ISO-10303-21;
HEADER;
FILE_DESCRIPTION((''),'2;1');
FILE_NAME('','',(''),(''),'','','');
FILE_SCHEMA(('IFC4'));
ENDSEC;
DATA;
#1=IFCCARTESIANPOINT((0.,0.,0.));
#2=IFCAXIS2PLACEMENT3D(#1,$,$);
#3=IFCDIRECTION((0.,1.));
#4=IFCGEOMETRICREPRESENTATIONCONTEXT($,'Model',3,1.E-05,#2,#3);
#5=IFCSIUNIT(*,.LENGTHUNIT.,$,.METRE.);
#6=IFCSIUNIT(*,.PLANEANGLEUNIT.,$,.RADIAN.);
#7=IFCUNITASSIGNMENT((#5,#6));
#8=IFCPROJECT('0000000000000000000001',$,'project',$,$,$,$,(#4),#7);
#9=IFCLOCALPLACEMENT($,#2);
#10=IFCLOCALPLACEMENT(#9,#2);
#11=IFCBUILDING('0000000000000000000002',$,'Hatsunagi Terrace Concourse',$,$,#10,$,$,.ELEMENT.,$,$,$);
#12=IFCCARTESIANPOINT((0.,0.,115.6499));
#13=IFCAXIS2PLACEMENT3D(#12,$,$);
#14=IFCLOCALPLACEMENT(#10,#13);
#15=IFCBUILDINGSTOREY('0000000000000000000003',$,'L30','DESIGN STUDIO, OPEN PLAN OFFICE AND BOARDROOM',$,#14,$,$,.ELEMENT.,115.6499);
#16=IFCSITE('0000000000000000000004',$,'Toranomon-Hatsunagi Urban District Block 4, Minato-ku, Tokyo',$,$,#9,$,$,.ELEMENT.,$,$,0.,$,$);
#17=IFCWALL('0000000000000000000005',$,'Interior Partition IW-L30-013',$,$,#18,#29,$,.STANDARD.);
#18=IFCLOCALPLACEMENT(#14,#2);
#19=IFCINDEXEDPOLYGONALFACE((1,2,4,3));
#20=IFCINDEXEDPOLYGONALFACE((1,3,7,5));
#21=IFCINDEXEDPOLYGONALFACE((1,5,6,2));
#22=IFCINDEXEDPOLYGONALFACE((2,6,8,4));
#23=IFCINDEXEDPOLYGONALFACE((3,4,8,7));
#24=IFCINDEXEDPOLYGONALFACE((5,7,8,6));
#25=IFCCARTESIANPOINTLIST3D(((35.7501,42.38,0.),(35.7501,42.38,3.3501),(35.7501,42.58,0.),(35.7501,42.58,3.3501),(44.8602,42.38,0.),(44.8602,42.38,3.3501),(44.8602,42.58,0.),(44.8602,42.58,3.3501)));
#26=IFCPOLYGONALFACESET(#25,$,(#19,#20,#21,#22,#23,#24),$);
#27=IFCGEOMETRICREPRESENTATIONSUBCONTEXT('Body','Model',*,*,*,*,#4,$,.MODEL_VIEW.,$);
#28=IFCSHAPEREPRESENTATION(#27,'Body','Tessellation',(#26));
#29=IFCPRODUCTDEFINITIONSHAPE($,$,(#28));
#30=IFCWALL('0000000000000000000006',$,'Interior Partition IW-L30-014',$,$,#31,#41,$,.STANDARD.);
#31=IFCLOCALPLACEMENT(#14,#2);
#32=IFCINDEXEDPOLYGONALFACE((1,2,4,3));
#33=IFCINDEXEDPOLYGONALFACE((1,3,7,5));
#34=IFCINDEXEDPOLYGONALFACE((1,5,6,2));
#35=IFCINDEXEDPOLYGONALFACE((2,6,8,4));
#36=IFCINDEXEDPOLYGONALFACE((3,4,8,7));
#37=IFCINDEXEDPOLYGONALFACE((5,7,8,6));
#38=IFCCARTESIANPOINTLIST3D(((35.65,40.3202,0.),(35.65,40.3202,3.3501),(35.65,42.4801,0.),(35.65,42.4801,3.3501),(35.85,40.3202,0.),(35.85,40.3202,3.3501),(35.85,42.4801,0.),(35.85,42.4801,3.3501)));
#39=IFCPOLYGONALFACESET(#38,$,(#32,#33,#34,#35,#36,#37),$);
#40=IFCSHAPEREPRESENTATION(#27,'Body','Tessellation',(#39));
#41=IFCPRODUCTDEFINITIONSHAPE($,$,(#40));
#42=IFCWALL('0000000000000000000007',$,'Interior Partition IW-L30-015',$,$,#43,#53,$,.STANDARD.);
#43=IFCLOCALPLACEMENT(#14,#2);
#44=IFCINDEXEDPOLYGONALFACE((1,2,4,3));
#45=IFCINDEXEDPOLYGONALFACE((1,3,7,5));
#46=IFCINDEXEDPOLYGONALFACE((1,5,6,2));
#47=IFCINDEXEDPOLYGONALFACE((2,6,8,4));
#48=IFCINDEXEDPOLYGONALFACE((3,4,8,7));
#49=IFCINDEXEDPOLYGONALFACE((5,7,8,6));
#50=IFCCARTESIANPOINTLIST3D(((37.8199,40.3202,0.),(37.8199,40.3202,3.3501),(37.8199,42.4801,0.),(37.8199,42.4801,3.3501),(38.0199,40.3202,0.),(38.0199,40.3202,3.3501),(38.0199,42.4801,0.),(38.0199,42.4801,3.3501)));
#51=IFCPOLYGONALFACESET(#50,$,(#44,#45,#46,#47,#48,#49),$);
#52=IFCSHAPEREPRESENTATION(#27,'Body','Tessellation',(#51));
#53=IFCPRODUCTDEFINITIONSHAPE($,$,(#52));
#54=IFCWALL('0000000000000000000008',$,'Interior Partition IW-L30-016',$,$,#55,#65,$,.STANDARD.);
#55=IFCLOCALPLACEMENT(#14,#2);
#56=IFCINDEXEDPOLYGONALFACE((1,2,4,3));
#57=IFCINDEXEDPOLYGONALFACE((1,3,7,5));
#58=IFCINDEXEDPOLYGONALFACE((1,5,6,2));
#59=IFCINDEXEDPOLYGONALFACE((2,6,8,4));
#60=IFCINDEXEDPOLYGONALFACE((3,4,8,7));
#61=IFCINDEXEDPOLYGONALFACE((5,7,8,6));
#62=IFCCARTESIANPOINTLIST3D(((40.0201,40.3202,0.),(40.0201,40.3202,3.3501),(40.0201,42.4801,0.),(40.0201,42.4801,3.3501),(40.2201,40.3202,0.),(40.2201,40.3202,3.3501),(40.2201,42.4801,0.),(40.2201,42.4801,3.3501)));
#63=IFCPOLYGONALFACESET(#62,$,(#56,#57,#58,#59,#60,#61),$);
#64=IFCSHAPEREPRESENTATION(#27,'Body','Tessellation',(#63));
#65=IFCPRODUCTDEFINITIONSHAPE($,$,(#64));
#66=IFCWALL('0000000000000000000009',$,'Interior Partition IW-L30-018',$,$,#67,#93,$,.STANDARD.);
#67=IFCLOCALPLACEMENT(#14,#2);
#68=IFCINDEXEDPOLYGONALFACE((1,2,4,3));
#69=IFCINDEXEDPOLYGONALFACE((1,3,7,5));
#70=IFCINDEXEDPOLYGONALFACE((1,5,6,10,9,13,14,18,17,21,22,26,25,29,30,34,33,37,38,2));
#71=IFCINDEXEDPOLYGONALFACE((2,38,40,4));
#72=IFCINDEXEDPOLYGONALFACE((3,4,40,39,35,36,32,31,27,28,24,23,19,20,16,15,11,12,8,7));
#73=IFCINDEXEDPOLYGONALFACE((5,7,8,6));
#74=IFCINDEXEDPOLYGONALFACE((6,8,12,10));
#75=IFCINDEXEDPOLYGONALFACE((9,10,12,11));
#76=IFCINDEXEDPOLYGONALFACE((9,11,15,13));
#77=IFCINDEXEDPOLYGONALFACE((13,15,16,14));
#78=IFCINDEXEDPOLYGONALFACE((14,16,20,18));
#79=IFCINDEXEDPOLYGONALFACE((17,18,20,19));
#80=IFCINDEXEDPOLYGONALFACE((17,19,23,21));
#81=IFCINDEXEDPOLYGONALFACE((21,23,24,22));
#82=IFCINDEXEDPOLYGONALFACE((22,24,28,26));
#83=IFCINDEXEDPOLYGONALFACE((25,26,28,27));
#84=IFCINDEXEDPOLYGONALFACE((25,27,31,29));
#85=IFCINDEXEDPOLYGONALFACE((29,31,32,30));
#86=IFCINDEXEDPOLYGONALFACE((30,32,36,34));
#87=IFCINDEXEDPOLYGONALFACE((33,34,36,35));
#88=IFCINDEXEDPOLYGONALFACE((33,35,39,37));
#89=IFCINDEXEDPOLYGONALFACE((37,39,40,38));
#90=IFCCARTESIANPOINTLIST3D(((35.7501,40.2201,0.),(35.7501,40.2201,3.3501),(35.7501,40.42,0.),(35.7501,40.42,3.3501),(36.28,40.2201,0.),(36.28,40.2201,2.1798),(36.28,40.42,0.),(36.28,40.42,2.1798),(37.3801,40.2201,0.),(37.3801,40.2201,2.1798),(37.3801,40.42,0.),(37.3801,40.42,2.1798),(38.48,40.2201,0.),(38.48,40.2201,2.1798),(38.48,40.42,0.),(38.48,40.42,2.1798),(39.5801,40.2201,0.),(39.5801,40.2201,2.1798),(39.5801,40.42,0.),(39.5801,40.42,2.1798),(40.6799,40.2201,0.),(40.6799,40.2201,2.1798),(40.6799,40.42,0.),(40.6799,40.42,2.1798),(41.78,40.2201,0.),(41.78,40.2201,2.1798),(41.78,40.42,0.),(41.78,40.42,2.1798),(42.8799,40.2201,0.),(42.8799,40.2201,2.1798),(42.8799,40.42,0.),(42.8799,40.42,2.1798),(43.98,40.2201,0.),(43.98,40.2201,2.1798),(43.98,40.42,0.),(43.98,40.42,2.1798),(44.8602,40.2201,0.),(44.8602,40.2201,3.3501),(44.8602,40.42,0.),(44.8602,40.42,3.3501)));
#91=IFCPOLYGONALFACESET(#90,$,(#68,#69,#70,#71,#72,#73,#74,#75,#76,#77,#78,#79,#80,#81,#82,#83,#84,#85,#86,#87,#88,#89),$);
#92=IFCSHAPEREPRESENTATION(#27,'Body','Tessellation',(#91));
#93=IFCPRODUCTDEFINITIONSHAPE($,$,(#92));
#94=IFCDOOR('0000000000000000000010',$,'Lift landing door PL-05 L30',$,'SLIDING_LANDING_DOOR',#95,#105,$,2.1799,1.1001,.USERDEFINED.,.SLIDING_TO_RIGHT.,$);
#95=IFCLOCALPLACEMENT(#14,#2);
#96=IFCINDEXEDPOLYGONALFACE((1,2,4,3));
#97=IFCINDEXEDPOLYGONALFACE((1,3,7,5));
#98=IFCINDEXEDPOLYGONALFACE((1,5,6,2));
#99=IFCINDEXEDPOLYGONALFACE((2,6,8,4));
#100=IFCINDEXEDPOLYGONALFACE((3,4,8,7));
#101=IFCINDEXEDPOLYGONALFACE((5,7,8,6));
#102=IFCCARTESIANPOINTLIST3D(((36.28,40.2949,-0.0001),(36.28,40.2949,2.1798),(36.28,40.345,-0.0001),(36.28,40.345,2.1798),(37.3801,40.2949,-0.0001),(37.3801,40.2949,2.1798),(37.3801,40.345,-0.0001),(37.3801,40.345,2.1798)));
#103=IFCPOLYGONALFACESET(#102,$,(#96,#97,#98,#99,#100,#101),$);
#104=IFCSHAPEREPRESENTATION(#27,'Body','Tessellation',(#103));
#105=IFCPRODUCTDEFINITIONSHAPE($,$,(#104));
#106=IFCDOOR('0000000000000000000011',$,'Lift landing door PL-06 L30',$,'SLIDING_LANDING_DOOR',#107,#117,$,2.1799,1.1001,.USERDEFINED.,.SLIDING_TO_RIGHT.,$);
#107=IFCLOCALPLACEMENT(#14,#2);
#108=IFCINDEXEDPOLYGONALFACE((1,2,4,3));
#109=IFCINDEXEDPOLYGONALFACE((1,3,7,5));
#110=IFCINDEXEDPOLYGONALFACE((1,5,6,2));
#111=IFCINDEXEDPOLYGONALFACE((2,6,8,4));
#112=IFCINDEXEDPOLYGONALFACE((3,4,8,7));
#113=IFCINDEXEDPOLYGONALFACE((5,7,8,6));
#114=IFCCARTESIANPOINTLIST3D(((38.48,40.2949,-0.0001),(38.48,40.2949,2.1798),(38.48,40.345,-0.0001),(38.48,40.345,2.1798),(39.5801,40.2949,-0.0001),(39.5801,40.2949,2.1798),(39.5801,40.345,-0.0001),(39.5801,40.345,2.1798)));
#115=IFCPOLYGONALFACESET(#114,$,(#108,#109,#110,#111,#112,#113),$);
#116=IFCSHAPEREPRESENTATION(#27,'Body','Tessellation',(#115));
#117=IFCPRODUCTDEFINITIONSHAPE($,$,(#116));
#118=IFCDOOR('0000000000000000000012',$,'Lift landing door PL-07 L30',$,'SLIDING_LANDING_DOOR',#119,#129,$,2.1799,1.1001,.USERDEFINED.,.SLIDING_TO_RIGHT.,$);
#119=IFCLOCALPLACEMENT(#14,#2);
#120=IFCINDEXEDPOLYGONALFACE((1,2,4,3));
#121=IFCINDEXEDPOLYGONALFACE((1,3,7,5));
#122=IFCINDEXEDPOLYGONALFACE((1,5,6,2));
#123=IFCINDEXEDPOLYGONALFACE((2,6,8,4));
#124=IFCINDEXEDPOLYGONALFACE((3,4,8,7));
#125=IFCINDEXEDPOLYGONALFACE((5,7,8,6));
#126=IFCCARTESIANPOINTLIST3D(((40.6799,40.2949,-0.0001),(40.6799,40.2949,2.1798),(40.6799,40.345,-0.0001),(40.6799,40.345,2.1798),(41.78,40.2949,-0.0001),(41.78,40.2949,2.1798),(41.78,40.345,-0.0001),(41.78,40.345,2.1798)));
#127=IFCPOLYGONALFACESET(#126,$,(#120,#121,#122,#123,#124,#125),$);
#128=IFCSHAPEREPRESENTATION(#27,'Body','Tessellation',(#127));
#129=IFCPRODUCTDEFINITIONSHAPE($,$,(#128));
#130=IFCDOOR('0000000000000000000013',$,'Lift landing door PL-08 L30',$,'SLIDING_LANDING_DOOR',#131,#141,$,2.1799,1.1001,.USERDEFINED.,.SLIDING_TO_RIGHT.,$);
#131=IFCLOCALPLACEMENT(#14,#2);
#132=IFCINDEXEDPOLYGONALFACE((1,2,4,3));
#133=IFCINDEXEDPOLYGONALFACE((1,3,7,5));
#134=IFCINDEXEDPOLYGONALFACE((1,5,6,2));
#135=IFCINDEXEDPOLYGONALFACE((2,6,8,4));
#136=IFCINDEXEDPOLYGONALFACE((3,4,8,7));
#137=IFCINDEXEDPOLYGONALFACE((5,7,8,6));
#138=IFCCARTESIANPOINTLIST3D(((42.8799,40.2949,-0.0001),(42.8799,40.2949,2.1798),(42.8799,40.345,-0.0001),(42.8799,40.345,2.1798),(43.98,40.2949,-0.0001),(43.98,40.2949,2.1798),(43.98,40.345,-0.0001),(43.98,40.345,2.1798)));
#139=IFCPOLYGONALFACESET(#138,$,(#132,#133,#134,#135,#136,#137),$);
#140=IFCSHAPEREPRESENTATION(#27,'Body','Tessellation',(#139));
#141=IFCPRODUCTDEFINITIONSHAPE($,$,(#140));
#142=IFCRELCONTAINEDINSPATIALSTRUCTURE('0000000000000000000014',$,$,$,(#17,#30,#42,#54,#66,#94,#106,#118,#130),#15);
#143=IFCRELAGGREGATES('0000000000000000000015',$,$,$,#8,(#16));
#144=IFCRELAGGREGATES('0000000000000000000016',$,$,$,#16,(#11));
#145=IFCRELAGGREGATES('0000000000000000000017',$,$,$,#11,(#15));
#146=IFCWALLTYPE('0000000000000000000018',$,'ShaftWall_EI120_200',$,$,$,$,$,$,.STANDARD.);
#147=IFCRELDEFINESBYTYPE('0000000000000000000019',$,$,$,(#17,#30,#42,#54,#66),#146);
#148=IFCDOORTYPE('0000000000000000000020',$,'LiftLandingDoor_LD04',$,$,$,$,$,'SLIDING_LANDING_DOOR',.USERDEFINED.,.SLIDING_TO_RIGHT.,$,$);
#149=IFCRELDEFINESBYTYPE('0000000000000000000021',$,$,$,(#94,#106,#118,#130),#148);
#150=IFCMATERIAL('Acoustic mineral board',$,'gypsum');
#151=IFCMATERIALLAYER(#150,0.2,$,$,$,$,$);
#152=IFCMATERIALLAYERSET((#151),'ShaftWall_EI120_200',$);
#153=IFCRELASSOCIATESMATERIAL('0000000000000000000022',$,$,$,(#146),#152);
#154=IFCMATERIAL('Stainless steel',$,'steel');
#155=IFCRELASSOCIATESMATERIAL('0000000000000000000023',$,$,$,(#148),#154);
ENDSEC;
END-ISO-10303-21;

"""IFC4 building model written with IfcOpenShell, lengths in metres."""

from ifc_helpers import new_model, si_unit, direction, frame, frame_2d, origin, place, context, subcontext, project, spatial, rectangle, extrude, material, layer, layer_set, type_object, element, fill, save


model = new_model("IFC4")

# Units and contexts
model_context = context("Model", 3, precision=1e-05, world=origin(), true_north=direction((0.0, 1.0)))
body_context = subcontext(model_context, "Body", "Model", "MODEL_VIEW")
ifc_project = project(units=[si_unit("LENGTHUNIT", "METRE"), si_unit("PLANEANGLEUNIT", "RADIAN")], contexts=[model_context])

# Site, building, storey
site_placement = place(None, origin())
site = spatial("IfcSite", under=ifc_project, at=site_placement, Name="Toranomon-Hatsunagi Urban District Block 4, Minato-ku, Tokyo", CompositionType="ELEMENT", RefElevation=0.0)
building_placement = place(site_placement, origin())
building = spatial("IfcBuilding", under=site, at=building_placement, Name="Hatsunagi Terrace Concourse", CompositionType="ELEMENT")
storey_placement = place(building_placement, frame((0.0, 0.0, 115.6499)))
storey = spatial("IfcBuildingStorey", under=building, at=storey_placement, Name="L30", Description="DESIGN STUDIO, OPEN PLAN OFFICE AND BOARDROOM", CompositionType="ELEMENT", Elevation=115.6499)

# Shared definitions
ifc_material_1 = material(Name="Acoustic mineral board", Category="gypsum")
ifc_layer_1 = layer(ifc_material_1, 0.2)
ifc_layer_set_1 = layer_set([ifc_layer_1], Name="ShaftWall_EI120_200")
wall_type_1 = type_object("IfcWallType", Name="ShaftWall_EI120_200", PredefinedType="STANDARD", material=ifc_layer_set_1)

# Walls
wall_1_placement = place(storey_placement, frame((35.75, 42.48, 0.0), z_axis=(0.0, 0.0, 1.0), x_axis=(1.0, 0.0, 0.0)))
element("IfcWall", 1, at=wall_1_placement, inside=storey, type_object=wall_type_1, Name="Interior Partition IW-L30-013", PredefinedType="STANDARD", context=body_context, shape_type="SweptSolid", body=[
    extrude(rectangle(XDim=9.1101, YDim=0.2, at=frame_2d((4.5552, 0.0))), origin(), (0.0, 0.0, 1.0), 3.3501),
])
for number, where, z_axis, x_axis, name in (
    (2, (35.75, 40.3201, 0.0), (0.0, 0.0, 1.0), (0.0, 1.0, 0.0), "Interior Partition IW-L30-014"),
    (3, (37.9199, 40.3201, 0.0), (0.0, 0.0, 1.0), (0.0, 1.0, 0.0), "Interior Partition IW-L30-015"),
    (4, (40.1201, 40.3201, 0.0), (0.0, 0.0, 1.0), (0.0, 1.0, 0.0), "Interior Partition IW-L30-016"),
):
    element("IfcWall", number, at=place(storey_placement, frame(where, z_axis=z_axis, x_axis=x_axis)), inside=storey, type_object=wall_type_1, Name=name, PredefinedType="STANDARD", context=body_context, shape_type="SweptSolid", body=[
        extrude(rectangle(XDim=2.1599, YDim=0.2, at=frame_2d((1.0801, 0.0))), origin(), (0.0, 0.0, 1.0), 3.3501),
    ])

# Wall, openings, doors
wall_2_placement = place(storey_placement, frame((35.75, 40.3201, 0.0), z_axis=(0.0, 0.0, 1.0), x_axis=(1.0, 0.0, 0.0)))
wall_2 = element("IfcWall", 5, at=wall_2_placement, inside=storey, type_object=wall_type_1, Name="Interior Partition IW-L30-018", PredefinedType="STANDARD", context=body_context, shape_type="SweptSolid", body=[
    extrude(rectangle(XDim=9.1101, YDim=0.2, at=frame_2d((4.5552, 0.0))), origin(), (0.0, 0.0, 1.0), 3.3501),
])
opening_1_placement = place(wall_2_placement, frame((0.53, 0.0, 0.0)))
opening_1 = element("IfcOpeningElement", 6, at=opening_1_placement, cuts=wall_2, PredefinedType="OPENING", context=body_context, shape_type="SweptSolid", body=[
    extrude(rectangle(XDim=1.1001, YDim=2.1799, at=frame_2d((0.55, 1.0898))), frame((0.0, 0.1099, 0.0), z_axis=(0.0, -1.0, 0.0), x_axis=(1.0, 0.0, 0.0)), (0.0, 0.0, 1.0), 0.22),
])
opening_2_placement = place(wall_2_placement, frame((2.73, 0.0, 0.0)))
opening_2 = element("IfcOpeningElement", 7, at=opening_2_placement, cuts=wall_2, PredefinedType="OPENING", context=body_context, shape_type="SweptSolid", body=[
    extrude(rectangle(XDim=1.1001, YDim=2.1799, at=frame_2d((0.55, 1.0898))), frame((0.0, 0.1099, 0.0), z_axis=(0.0, -1.0, 0.0), x_axis=(1.0, 0.0, 0.0)), (0.0, 0.0, 1.0), 0.22),
])
opening_3_placement = place(wall_2_placement, frame((4.9299, 0.0, 0.0)))
opening_3 = element("IfcOpeningElement", 8, at=opening_3_placement, cuts=wall_2, PredefinedType="OPENING", context=body_context, shape_type="SweptSolid", body=[
    extrude(rectangle(XDim=1.1001, YDim=2.1799, at=frame_2d((0.55, 1.0898))), frame((0.0, 0.1099, 0.0), z_axis=(0.0, -1.0, 0.0), x_axis=(1.0, 0.0, 0.0)), (0.0, 0.0, 1.0), 0.22),
])
opening_4_placement = place(wall_2_placement, frame((7.1299, 0.0, 0.0)))
opening_4 = element("IfcOpeningElement", 9, at=opening_4_placement, cuts=wall_2, PredefinedType="OPENING", context=body_context, shape_type="SweptSolid", body=[
    extrude(rectangle(XDim=1.1001, YDim=2.1799, at=frame_2d((0.55, 1.0898))), frame((0.0, 0.1099, 0.0), z_axis=(0.0, -1.0, 0.0), x_axis=(1.0, 0.0, 0.0)), (0.0, 0.0, 1.0), 0.22),
])
ifc_material_2 = material(Name="Stainless steel", Category="steel")
door_type_1 = type_object("IfcDoorType", Name="LiftLandingDoor_LD04", ElementType="SLIDING_LANDING_DOOR", OperationType="SLIDING_TO_RIGHT", PredefinedType="USERDEFINED", material=ifc_material_2)
door_1_placement = place(opening_1_placement, origin())
door_1 = element("IfcDoor", 10, at=door_1_placement, inside=storey, type_object=door_type_1, Name="Lift landing door PL-05 L30", ObjectType="SLIDING_LANDING_DOOR", OperationType="SLIDING_TO_RIGHT", OverallHeight=2.1799, OverallWidth=1.1001, PredefinedType="USERDEFINED", context=body_context, shape_type="SweptSolid", body=[
    extrude(rectangle(XDim=1.1001, YDim=2.1799, at=frame_2d((0.55, 1.0898))), frame((0.0, 0.0249, 0.0), z_axis=(0.0, -1.0, 0.0), x_axis=(1.0, 0.0, 0.0)), (0.0, 0.0, 1.0), 0.05),
])
fill(opening_1, door_1)
door_2_placement = place(opening_2_placement, origin())
door_2 = element("IfcDoor", 11, at=door_2_placement, inside=storey, type_object=door_type_1, Name="Lift landing door PL-06 L30", ObjectType="SLIDING_LANDING_DOOR", OperationType="SLIDING_TO_RIGHT", OverallHeight=2.1799, OverallWidth=1.1001, PredefinedType="USERDEFINED", context=body_context, shape_type="SweptSolid", body=[
    extrude(rectangle(XDim=1.1001, YDim=2.1799, at=frame_2d((0.55, 1.0898))), frame((0.0, 0.0249, 0.0), z_axis=(0.0, -1.0, 0.0), x_axis=(1.0, 0.0, 0.0)), (0.0, 0.0, 1.0), 0.05),
])
fill(opening_2, door_2)
door_3_placement = place(opening_3_placement, origin())
door_3 = element("IfcDoor", 12, at=door_3_placement, inside=storey, type_object=door_type_1, Name="Lift landing door PL-07 L30", ObjectType="SLIDING_LANDING_DOOR", OperationType="SLIDING_TO_RIGHT", OverallHeight=2.1799, OverallWidth=1.1001, PredefinedType="USERDEFINED", context=body_context, shape_type="SweptSolid", body=[
    extrude(rectangle(XDim=1.1001, YDim=2.1799, at=frame_2d((0.55, 1.0898))), frame((0.0, 0.0249, 0.0), z_axis=(0.0, -1.0, 0.0), x_axis=(1.0, 0.0, 0.0)), (0.0, 0.0, 1.0), 0.05),
])
fill(opening_3, door_3)
door_4_placement = place(opening_4_placement, origin())
door_4 = element("IfcDoor", 13, at=door_4_placement, inside=storey, type_object=door_type_1, Name="Lift landing door PL-08 L30", ObjectType="SLIDING_LANDING_DOOR", OperationType="SLIDING_TO_RIGHT", OverallHeight=2.1799, OverallWidth=1.1001, PredefinedType="USERDEFINED", context=body_context, shape_type="SweptSolid", body=[
    extrude(rectangle(XDim=1.1001, YDim=2.1799, at=frame_2d((0.55, 1.0898))), frame((0.0, 0.0249, 0.0), z_axis=(0.0, -1.0, 0.0), x_axis=(1.0, 0.0, 0.0)), (0.0, 0.0, 1.0), 0.05),
])
fill(opening_4, door_4)

save(model, "model.ifc")
